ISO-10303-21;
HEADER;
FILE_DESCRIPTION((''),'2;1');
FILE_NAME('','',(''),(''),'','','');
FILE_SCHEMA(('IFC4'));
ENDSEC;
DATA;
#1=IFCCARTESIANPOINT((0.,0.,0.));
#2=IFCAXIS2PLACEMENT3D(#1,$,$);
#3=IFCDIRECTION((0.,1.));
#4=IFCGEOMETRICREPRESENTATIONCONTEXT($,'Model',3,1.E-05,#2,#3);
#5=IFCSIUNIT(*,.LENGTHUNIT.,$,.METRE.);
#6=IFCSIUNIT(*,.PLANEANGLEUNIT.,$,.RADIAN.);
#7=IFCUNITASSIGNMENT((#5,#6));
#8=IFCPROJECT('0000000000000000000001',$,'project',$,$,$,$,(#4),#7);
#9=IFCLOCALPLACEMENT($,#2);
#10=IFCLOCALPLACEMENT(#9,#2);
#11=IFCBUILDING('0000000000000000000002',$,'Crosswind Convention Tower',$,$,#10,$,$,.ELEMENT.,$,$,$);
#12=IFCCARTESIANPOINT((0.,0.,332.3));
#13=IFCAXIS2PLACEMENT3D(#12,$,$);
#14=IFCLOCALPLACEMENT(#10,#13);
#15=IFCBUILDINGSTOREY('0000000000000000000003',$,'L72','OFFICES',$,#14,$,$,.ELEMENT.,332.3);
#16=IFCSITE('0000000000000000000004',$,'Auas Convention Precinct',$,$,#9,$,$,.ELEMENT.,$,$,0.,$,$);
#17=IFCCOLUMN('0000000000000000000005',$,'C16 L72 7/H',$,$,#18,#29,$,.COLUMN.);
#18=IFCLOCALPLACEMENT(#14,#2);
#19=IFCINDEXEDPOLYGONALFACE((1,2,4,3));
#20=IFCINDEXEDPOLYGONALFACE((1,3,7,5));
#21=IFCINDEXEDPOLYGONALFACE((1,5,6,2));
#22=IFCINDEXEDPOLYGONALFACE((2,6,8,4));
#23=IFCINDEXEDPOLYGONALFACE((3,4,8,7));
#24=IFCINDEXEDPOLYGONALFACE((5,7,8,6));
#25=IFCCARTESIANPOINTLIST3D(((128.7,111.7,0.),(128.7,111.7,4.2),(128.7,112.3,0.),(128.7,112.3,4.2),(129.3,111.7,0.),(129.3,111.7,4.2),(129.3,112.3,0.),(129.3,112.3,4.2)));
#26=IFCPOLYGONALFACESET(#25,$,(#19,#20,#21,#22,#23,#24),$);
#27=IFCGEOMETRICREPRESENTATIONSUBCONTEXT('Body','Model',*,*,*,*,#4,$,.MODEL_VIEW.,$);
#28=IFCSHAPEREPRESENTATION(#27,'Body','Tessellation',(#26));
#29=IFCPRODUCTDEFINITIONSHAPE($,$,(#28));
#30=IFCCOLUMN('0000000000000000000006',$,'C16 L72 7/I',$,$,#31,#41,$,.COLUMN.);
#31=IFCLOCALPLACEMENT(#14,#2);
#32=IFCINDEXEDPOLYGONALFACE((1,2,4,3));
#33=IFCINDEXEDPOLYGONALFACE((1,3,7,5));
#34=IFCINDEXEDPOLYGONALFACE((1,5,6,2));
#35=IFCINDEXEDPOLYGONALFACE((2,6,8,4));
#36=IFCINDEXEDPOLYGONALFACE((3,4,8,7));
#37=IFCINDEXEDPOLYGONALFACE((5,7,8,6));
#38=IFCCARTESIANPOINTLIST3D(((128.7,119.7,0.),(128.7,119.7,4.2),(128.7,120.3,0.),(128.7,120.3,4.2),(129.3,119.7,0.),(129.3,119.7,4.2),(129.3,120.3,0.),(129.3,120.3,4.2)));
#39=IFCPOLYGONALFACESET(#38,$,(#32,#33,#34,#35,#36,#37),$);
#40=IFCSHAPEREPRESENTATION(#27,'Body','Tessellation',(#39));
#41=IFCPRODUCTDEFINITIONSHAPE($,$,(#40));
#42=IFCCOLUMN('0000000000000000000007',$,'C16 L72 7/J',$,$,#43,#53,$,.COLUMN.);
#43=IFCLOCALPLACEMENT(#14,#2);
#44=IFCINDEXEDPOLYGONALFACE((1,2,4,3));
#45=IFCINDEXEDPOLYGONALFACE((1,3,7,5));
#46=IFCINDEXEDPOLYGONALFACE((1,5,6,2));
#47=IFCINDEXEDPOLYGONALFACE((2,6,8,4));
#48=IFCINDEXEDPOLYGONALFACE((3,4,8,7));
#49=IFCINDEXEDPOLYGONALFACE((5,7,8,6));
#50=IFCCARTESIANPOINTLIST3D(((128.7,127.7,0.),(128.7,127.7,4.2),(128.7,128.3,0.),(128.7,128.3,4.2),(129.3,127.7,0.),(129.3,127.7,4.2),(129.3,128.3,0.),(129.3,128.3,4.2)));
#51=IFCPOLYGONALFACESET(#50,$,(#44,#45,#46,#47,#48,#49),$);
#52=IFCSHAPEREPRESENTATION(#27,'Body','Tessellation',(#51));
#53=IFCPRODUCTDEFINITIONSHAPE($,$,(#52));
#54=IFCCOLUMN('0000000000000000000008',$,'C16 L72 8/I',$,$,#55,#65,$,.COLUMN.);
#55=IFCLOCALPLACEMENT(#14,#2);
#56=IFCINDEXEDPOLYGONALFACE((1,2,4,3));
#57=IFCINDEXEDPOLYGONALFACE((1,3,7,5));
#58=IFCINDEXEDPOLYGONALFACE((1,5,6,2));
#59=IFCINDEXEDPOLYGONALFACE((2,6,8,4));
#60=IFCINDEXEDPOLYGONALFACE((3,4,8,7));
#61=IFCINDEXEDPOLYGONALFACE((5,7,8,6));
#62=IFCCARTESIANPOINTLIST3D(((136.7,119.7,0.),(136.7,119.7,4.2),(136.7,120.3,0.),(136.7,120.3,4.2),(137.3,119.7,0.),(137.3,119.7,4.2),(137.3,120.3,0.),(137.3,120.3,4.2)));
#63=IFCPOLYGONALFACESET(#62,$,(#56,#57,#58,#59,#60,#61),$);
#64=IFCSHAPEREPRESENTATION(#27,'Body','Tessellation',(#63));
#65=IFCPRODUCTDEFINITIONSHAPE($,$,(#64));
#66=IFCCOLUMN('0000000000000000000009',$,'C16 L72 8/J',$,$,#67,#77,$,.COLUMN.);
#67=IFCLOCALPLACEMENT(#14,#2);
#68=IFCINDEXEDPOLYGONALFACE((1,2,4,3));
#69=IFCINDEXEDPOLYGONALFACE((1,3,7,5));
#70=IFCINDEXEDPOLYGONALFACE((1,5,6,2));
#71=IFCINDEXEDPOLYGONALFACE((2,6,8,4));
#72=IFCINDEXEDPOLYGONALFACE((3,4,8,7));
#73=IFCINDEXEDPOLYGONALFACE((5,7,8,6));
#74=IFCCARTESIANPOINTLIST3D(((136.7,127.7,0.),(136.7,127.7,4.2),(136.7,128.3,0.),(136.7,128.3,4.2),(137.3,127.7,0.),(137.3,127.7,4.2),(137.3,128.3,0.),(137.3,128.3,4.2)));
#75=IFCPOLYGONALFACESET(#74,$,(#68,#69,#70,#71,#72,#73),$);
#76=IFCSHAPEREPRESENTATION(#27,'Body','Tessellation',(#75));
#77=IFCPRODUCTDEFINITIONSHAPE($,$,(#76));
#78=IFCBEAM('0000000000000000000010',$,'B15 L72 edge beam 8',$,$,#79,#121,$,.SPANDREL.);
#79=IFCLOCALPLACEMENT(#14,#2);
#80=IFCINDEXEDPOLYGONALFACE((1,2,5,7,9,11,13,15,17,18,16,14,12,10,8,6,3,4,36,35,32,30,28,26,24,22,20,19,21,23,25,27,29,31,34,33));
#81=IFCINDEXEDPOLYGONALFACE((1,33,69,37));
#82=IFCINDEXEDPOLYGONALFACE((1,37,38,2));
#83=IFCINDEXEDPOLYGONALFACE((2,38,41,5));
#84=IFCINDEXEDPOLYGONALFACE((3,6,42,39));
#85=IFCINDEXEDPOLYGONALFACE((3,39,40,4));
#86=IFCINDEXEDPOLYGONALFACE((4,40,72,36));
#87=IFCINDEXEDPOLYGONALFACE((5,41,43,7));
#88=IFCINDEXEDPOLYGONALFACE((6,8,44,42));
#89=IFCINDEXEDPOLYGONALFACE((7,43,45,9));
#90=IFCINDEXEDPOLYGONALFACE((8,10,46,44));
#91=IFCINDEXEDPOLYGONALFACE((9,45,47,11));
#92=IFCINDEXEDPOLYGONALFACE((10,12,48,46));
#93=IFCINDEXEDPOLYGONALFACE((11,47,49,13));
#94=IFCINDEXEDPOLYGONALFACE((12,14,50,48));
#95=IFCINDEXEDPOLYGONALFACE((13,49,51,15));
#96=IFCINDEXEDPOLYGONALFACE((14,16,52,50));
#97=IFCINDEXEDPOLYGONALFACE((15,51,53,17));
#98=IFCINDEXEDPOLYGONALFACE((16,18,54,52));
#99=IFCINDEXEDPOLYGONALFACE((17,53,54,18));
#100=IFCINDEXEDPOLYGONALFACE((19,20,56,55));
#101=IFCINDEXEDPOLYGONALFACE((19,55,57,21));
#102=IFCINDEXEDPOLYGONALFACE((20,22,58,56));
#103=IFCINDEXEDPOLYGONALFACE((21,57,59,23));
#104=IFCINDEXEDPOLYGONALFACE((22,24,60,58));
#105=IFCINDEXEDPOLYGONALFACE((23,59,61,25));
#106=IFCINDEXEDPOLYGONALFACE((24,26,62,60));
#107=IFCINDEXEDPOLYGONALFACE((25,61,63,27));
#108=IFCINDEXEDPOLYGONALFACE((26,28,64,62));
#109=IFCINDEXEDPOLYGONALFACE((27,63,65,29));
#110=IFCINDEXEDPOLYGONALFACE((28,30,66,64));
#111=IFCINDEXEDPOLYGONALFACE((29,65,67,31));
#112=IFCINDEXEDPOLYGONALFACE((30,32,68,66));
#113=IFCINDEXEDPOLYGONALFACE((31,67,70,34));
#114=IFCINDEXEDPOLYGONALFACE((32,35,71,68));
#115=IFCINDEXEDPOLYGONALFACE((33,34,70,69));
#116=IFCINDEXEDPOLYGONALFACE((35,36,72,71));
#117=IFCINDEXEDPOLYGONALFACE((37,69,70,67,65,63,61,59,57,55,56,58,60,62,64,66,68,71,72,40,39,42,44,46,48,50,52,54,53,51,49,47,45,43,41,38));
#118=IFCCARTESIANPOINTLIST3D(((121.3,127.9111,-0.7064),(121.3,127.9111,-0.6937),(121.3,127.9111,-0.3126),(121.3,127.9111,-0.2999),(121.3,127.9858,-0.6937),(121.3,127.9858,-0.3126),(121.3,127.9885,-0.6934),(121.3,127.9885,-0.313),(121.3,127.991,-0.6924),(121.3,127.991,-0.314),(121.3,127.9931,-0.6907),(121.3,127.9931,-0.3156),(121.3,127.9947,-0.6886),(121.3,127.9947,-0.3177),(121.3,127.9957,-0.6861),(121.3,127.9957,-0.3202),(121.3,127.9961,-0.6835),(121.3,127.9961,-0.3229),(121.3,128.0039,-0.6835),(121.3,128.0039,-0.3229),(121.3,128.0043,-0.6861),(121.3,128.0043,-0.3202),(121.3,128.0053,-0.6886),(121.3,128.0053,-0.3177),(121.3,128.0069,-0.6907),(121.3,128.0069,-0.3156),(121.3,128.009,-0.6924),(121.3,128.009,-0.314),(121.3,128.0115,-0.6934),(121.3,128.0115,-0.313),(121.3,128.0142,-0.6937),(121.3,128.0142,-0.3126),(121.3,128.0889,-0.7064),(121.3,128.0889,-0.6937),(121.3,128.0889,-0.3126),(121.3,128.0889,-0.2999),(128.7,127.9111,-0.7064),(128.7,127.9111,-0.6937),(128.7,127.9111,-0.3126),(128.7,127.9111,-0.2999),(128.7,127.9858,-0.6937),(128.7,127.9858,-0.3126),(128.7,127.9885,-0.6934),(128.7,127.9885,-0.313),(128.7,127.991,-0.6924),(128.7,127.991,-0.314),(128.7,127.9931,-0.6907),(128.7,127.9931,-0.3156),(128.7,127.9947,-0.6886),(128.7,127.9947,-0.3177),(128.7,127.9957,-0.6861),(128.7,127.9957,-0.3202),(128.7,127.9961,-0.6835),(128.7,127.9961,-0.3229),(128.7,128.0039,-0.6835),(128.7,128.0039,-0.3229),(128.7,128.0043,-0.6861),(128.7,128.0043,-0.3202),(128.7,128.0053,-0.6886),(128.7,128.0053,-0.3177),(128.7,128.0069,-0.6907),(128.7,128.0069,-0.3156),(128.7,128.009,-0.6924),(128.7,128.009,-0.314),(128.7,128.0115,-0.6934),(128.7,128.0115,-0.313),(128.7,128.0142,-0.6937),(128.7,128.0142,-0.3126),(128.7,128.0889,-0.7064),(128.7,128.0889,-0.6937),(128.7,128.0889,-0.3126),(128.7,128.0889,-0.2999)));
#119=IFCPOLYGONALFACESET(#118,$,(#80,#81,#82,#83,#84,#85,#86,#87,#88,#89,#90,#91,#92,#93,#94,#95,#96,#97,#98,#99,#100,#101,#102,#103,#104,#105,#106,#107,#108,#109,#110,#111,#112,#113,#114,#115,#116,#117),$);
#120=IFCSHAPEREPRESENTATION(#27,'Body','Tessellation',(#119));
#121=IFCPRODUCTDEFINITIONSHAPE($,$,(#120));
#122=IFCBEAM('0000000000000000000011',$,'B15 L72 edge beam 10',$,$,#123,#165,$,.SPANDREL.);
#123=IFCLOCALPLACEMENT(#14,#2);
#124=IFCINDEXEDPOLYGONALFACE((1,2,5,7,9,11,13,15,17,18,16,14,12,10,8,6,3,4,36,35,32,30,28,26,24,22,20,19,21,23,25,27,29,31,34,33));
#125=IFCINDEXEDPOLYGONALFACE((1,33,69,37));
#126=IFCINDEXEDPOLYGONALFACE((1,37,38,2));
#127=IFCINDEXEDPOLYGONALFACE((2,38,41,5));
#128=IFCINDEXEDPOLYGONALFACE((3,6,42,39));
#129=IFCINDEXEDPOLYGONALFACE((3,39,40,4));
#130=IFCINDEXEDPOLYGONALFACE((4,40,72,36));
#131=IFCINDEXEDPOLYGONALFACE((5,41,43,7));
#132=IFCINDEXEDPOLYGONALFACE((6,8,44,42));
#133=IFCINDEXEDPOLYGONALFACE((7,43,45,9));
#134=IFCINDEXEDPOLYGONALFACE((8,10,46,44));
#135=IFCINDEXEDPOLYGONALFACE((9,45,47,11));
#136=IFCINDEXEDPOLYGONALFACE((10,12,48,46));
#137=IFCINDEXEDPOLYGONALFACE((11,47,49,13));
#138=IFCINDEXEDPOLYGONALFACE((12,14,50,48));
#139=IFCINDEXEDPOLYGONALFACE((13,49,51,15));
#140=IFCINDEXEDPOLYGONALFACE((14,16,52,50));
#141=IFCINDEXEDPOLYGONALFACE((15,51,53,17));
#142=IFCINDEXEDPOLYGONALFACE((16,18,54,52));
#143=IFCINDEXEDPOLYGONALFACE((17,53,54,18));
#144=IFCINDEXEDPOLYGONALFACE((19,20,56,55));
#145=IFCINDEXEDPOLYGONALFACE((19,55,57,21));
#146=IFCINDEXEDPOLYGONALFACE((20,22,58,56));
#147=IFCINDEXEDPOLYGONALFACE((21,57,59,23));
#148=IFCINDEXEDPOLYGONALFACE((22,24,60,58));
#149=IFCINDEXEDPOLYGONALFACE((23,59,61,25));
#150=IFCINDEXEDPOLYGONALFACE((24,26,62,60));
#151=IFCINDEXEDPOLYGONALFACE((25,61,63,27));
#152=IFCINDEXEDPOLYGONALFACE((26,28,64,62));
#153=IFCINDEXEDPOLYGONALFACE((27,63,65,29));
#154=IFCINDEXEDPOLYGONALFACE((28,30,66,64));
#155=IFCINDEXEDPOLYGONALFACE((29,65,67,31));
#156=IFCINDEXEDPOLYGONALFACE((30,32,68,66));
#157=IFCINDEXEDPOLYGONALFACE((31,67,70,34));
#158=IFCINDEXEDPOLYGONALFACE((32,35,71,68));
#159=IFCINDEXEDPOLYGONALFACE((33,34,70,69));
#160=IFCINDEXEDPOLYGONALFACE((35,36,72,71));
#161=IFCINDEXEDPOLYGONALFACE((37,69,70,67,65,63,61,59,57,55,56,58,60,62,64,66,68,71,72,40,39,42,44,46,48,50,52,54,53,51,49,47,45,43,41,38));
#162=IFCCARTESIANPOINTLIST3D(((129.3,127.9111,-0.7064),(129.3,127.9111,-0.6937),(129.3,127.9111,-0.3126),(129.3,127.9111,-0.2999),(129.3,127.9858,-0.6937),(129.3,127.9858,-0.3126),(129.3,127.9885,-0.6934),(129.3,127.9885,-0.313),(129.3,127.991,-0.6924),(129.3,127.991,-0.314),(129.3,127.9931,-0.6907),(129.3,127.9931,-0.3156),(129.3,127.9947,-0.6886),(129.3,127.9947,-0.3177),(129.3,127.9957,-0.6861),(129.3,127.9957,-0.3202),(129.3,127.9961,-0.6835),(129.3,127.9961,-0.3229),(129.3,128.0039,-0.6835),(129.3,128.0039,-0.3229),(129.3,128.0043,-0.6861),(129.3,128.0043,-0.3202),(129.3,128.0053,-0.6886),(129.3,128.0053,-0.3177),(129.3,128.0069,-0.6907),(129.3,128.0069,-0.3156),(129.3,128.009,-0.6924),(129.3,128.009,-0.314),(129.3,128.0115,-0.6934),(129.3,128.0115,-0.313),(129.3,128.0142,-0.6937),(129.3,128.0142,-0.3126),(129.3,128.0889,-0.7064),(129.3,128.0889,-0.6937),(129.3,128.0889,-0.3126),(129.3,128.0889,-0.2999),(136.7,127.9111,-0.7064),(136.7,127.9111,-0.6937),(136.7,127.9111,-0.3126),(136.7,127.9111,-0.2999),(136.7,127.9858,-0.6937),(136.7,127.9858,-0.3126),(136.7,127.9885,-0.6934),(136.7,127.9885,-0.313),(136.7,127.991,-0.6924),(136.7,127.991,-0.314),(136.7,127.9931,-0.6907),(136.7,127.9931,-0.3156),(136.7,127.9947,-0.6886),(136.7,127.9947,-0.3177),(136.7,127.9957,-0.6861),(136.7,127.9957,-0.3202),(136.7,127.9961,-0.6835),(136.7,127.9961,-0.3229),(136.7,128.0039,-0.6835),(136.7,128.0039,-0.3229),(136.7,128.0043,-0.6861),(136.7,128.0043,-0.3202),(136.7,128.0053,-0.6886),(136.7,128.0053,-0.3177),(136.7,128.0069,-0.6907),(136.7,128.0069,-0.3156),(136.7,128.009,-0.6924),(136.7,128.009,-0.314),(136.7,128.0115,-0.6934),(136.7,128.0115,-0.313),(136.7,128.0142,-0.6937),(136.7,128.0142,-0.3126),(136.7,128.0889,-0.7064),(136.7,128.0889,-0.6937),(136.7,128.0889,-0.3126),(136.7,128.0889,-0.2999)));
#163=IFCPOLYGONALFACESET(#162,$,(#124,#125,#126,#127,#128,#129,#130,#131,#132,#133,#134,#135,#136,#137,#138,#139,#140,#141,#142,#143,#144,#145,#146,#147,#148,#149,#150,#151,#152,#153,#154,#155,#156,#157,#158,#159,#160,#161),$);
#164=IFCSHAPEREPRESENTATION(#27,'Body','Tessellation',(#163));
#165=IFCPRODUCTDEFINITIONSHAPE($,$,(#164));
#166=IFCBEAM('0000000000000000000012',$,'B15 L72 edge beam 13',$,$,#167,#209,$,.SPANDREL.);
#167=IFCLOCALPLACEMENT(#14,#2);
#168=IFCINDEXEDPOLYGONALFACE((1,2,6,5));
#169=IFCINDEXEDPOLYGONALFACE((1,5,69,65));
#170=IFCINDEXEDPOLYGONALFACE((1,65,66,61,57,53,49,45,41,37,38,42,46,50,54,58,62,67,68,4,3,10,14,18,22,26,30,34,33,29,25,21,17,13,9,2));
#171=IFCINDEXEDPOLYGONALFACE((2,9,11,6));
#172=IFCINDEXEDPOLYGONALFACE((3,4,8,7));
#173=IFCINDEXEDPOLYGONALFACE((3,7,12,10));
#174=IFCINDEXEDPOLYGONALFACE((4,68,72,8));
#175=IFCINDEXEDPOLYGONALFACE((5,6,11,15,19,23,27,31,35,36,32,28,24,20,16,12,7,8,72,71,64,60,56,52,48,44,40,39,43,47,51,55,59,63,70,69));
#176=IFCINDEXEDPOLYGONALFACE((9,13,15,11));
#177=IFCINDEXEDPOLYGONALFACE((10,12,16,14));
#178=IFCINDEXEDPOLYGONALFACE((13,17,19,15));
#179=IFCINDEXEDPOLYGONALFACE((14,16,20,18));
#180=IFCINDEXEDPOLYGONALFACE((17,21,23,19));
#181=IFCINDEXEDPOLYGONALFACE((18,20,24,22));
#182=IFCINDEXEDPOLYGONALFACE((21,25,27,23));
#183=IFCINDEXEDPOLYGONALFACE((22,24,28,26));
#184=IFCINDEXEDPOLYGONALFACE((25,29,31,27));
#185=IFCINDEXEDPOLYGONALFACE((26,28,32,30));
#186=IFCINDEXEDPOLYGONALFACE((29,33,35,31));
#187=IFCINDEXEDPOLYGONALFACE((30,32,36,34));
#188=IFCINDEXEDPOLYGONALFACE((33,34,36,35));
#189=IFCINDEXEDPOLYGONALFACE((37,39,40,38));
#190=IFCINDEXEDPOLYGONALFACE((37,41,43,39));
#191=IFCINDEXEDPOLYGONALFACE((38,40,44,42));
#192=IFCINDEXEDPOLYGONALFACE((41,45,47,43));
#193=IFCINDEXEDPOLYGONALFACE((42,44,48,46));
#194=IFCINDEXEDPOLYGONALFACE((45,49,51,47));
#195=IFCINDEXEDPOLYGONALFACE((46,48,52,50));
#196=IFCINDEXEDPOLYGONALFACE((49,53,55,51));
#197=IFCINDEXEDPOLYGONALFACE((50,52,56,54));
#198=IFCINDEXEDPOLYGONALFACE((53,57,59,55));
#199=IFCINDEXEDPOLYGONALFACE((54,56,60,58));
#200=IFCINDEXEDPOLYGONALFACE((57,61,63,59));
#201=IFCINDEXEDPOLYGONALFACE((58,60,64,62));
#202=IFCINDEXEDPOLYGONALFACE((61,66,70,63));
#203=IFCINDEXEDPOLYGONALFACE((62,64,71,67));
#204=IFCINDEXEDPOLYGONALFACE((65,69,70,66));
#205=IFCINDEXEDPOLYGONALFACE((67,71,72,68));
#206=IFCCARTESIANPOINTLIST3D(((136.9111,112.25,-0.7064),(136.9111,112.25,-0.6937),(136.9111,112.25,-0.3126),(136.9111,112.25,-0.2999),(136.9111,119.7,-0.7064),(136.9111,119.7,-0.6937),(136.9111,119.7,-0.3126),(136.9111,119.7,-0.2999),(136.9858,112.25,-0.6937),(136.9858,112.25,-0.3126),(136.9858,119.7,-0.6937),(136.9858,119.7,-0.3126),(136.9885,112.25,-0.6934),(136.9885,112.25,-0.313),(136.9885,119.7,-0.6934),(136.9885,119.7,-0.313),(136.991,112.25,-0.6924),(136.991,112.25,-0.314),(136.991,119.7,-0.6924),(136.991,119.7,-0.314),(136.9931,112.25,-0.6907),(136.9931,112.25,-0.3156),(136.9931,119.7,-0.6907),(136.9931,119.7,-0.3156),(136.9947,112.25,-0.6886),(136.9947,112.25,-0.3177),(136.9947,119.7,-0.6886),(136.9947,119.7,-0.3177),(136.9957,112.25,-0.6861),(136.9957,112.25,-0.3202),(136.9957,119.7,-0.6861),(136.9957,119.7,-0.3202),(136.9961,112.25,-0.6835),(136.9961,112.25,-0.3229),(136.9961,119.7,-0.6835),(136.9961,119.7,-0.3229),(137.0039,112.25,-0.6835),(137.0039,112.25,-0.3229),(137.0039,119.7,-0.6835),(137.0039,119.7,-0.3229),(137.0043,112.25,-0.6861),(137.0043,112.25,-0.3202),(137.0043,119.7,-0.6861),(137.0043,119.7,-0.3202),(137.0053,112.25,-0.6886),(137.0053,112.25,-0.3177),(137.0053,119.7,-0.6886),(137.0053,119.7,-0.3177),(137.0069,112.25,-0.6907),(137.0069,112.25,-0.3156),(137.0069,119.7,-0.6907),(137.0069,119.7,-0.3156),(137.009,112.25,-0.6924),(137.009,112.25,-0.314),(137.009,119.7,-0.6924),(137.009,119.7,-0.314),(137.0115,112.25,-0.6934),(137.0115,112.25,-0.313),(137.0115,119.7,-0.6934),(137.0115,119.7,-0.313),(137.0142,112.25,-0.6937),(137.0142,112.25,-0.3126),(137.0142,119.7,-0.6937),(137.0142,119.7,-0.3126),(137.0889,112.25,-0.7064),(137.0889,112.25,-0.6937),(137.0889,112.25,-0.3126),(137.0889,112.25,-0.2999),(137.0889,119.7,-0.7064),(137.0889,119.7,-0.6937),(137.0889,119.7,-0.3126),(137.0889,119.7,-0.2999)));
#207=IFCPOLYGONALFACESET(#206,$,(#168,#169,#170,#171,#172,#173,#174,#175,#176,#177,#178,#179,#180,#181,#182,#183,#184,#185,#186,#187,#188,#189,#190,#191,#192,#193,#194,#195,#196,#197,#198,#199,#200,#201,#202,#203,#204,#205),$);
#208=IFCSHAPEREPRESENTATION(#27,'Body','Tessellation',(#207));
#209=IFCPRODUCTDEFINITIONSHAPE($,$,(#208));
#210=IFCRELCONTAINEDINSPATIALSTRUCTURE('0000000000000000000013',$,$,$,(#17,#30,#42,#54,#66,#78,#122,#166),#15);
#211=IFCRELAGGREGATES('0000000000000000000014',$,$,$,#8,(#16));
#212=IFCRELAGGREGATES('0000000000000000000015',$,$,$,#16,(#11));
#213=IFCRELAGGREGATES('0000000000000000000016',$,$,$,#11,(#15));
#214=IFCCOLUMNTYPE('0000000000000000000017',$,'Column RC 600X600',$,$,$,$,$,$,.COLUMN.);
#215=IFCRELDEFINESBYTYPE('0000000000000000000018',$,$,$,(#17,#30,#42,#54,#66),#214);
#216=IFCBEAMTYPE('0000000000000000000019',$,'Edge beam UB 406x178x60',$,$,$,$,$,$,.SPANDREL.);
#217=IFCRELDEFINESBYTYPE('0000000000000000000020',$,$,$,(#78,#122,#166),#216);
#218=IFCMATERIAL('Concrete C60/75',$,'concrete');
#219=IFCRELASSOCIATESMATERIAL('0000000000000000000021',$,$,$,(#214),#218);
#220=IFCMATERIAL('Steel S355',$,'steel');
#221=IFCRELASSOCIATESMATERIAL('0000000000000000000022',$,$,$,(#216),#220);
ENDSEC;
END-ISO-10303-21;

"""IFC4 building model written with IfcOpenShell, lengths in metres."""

from ifc_helpers import new_model, si_unit, direction, frame, origin, origin_2d, place, context, subcontext, project, spatial, rectangle, i_section, extrude, material, material_profile, profile_set, type_object, element, save


model = new_model("IFC4")

# Units and contexts
model_context = context("Model", 3, precision=1e-05, world=origin(), true_north=direction((0.0, 1.0)))
body_context = subcontext(model_context, "Body", "Model", "MODEL_VIEW")
ifc_project = project(units=[si_unit("LENGTHUNIT", "METRE"), si_unit("PLANEANGLEUNIT", "RADIAN")], contexts=[model_context])

# Site, building, storey
site_placement = place(None, origin())
site = spatial("IfcSite", under=ifc_project, at=site_placement, Name="Auas Convention Precinct", CompositionType="ELEMENT", RefElevation=0.0)
building_placement = place(site_placement, origin())
building = spatial("IfcBuilding", under=site, at=building_placement, Name="Crosswind Convention Tower", CompositionType="ELEMENT")
storey_placement = place(building_placement, frame((0.0, 0.0, 332.3)))
storey = spatial("IfcBuildingStorey", under=building, at=storey_placement, Name="L72", Description="OFFICES", CompositionType="ELEMENT", Elevation=332.3)

# Columns
ifc_material_1 = material(Name="Concrete C60/75", Category="concrete")
ifc_material_profile_1 = material_profile(ifc_material_1, rectangle(XDim=0.6001, YDim=0.6001, at=origin_2d()), Name="RC 600X600")
ifc_profile_set_1 = profile_set([ifc_material_profile_1], Name="Concrete C60/75")
column_type = type_object("IfcColumnType", Name="Column RC 600X600", PredefinedType="COLUMN", material=ifc_profile_set_1)
for number, where, z_axis, x_axis, name in (
    (1, (129.0, 112.0, 0.0), (0.0, 0.0, 1.0), (1.0, 0.0, 0.0), "C16 L72 7/H"),
    (2, (129.0, 120.0, 0.0), (0.0, 0.0, 1.0), (1.0, 0.0, 0.0), "C16 L72 7/I"),
    (3, (129.0, 128.0, 0.0), (0.0, 0.0, 1.0), (1.0, 0.0, 0.0), "C16 L72 7/J"),
    (4, (137.0, 120.0, 0.0), (0.0, 0.0, 1.0), (1.0, 0.0, 0.0), "C16 L72 8/I"),
    (5, (137.0, 128.0, 0.0), (0.0, 0.0, 1.0), (1.0, 0.0, 0.0), "C16 L72 8/J"),
):
    element("IfcColumn", number, at=place(storey_placement, frame(where, z_axis=z_axis, x_axis=x_axis)), inside=storey, type_object=column_type, Name=name, PredefinedType="COLUMN", context=body_context, shape_type="SweptSolid", body=[
        extrude(rectangle(XDim=0.6001, YDim=0.6001, at=origin_2d()), origin(), (0.0, 0.0, 1.0), 4.2),
    ])

# Beams
ifc_material_2 = material(Name="Steel S355", Category="steel")
ifc_material_profile_2 = material_profile(ifc_material_2, i_section(OverallWidth=0.1777, OverallDepth=0.4065, WebThickness=0.0078, FlangeThickness=0.0127, FilletRadius=0.0103, at=origin_2d()), Name="UB 406x178x60")
ifc_profile_set_2 = profile_set([ifc_material_profile_2], Name="Steel S355")
beam_type_1 = type_object("IfcBeamType", Name="Edge beam UB 406x178x60", PredefinedType="SPANDREL", material=ifc_profile_set_2)
for number, where, z_axis, x_axis, name in (
    (6, (121.3, 128.0, -0.5032), (1.0, 0.0, 0.0), (0.0, 1.0, 0.0), "B15 L72 edge beam 8"),
    (7, (129.3, 128.0, -0.5032), (1.0, 0.0, 0.0), (0.0, 1.0, 0.0), "B15 L72 edge beam 10"),
):
    element("IfcBeam", number, at=place(storey_placement, frame(where, z_axis=z_axis, x_axis=x_axis)), inside=storey, type_object=beam_type_1, Name=name, PredefinedType="SPANDREL", context=body_context, shape_type="SweptSolid", body=[
        extrude(i_section(OverallWidth=0.1777, OverallDepth=0.4065, WebThickness=0.0078, FlangeThickness=0.0127, FilletRadius=0.0103, at=origin_2d()), origin(), (0.0, 0.0, 1.0), 7.3999),
    ])
beam_1_placement = place(storey_placement, frame((137.0, 112.25, -0.5032), z_axis=(0.0, 1.0, 0.0), x_axis=(-1.0, 0.0, 0.0)))
element("IfcBeam", 8, at=beam_1_placement, inside=storey, type_object=beam_type_1, Name="B15 L72 edge beam 13", PredefinedType="SPANDREL", context=body_context, shape_type="SweptSolid", body=[
    extrude(i_section(OverallWidth=0.1777, OverallDepth=0.4065, WebThickness=0.0078, FlangeThickness=0.0127, FilletRadius=0.0103, at=origin_2d()), origin(), (0.0, 0.0, 1.0), 7.45),
])

save(model, "model.ifc")
